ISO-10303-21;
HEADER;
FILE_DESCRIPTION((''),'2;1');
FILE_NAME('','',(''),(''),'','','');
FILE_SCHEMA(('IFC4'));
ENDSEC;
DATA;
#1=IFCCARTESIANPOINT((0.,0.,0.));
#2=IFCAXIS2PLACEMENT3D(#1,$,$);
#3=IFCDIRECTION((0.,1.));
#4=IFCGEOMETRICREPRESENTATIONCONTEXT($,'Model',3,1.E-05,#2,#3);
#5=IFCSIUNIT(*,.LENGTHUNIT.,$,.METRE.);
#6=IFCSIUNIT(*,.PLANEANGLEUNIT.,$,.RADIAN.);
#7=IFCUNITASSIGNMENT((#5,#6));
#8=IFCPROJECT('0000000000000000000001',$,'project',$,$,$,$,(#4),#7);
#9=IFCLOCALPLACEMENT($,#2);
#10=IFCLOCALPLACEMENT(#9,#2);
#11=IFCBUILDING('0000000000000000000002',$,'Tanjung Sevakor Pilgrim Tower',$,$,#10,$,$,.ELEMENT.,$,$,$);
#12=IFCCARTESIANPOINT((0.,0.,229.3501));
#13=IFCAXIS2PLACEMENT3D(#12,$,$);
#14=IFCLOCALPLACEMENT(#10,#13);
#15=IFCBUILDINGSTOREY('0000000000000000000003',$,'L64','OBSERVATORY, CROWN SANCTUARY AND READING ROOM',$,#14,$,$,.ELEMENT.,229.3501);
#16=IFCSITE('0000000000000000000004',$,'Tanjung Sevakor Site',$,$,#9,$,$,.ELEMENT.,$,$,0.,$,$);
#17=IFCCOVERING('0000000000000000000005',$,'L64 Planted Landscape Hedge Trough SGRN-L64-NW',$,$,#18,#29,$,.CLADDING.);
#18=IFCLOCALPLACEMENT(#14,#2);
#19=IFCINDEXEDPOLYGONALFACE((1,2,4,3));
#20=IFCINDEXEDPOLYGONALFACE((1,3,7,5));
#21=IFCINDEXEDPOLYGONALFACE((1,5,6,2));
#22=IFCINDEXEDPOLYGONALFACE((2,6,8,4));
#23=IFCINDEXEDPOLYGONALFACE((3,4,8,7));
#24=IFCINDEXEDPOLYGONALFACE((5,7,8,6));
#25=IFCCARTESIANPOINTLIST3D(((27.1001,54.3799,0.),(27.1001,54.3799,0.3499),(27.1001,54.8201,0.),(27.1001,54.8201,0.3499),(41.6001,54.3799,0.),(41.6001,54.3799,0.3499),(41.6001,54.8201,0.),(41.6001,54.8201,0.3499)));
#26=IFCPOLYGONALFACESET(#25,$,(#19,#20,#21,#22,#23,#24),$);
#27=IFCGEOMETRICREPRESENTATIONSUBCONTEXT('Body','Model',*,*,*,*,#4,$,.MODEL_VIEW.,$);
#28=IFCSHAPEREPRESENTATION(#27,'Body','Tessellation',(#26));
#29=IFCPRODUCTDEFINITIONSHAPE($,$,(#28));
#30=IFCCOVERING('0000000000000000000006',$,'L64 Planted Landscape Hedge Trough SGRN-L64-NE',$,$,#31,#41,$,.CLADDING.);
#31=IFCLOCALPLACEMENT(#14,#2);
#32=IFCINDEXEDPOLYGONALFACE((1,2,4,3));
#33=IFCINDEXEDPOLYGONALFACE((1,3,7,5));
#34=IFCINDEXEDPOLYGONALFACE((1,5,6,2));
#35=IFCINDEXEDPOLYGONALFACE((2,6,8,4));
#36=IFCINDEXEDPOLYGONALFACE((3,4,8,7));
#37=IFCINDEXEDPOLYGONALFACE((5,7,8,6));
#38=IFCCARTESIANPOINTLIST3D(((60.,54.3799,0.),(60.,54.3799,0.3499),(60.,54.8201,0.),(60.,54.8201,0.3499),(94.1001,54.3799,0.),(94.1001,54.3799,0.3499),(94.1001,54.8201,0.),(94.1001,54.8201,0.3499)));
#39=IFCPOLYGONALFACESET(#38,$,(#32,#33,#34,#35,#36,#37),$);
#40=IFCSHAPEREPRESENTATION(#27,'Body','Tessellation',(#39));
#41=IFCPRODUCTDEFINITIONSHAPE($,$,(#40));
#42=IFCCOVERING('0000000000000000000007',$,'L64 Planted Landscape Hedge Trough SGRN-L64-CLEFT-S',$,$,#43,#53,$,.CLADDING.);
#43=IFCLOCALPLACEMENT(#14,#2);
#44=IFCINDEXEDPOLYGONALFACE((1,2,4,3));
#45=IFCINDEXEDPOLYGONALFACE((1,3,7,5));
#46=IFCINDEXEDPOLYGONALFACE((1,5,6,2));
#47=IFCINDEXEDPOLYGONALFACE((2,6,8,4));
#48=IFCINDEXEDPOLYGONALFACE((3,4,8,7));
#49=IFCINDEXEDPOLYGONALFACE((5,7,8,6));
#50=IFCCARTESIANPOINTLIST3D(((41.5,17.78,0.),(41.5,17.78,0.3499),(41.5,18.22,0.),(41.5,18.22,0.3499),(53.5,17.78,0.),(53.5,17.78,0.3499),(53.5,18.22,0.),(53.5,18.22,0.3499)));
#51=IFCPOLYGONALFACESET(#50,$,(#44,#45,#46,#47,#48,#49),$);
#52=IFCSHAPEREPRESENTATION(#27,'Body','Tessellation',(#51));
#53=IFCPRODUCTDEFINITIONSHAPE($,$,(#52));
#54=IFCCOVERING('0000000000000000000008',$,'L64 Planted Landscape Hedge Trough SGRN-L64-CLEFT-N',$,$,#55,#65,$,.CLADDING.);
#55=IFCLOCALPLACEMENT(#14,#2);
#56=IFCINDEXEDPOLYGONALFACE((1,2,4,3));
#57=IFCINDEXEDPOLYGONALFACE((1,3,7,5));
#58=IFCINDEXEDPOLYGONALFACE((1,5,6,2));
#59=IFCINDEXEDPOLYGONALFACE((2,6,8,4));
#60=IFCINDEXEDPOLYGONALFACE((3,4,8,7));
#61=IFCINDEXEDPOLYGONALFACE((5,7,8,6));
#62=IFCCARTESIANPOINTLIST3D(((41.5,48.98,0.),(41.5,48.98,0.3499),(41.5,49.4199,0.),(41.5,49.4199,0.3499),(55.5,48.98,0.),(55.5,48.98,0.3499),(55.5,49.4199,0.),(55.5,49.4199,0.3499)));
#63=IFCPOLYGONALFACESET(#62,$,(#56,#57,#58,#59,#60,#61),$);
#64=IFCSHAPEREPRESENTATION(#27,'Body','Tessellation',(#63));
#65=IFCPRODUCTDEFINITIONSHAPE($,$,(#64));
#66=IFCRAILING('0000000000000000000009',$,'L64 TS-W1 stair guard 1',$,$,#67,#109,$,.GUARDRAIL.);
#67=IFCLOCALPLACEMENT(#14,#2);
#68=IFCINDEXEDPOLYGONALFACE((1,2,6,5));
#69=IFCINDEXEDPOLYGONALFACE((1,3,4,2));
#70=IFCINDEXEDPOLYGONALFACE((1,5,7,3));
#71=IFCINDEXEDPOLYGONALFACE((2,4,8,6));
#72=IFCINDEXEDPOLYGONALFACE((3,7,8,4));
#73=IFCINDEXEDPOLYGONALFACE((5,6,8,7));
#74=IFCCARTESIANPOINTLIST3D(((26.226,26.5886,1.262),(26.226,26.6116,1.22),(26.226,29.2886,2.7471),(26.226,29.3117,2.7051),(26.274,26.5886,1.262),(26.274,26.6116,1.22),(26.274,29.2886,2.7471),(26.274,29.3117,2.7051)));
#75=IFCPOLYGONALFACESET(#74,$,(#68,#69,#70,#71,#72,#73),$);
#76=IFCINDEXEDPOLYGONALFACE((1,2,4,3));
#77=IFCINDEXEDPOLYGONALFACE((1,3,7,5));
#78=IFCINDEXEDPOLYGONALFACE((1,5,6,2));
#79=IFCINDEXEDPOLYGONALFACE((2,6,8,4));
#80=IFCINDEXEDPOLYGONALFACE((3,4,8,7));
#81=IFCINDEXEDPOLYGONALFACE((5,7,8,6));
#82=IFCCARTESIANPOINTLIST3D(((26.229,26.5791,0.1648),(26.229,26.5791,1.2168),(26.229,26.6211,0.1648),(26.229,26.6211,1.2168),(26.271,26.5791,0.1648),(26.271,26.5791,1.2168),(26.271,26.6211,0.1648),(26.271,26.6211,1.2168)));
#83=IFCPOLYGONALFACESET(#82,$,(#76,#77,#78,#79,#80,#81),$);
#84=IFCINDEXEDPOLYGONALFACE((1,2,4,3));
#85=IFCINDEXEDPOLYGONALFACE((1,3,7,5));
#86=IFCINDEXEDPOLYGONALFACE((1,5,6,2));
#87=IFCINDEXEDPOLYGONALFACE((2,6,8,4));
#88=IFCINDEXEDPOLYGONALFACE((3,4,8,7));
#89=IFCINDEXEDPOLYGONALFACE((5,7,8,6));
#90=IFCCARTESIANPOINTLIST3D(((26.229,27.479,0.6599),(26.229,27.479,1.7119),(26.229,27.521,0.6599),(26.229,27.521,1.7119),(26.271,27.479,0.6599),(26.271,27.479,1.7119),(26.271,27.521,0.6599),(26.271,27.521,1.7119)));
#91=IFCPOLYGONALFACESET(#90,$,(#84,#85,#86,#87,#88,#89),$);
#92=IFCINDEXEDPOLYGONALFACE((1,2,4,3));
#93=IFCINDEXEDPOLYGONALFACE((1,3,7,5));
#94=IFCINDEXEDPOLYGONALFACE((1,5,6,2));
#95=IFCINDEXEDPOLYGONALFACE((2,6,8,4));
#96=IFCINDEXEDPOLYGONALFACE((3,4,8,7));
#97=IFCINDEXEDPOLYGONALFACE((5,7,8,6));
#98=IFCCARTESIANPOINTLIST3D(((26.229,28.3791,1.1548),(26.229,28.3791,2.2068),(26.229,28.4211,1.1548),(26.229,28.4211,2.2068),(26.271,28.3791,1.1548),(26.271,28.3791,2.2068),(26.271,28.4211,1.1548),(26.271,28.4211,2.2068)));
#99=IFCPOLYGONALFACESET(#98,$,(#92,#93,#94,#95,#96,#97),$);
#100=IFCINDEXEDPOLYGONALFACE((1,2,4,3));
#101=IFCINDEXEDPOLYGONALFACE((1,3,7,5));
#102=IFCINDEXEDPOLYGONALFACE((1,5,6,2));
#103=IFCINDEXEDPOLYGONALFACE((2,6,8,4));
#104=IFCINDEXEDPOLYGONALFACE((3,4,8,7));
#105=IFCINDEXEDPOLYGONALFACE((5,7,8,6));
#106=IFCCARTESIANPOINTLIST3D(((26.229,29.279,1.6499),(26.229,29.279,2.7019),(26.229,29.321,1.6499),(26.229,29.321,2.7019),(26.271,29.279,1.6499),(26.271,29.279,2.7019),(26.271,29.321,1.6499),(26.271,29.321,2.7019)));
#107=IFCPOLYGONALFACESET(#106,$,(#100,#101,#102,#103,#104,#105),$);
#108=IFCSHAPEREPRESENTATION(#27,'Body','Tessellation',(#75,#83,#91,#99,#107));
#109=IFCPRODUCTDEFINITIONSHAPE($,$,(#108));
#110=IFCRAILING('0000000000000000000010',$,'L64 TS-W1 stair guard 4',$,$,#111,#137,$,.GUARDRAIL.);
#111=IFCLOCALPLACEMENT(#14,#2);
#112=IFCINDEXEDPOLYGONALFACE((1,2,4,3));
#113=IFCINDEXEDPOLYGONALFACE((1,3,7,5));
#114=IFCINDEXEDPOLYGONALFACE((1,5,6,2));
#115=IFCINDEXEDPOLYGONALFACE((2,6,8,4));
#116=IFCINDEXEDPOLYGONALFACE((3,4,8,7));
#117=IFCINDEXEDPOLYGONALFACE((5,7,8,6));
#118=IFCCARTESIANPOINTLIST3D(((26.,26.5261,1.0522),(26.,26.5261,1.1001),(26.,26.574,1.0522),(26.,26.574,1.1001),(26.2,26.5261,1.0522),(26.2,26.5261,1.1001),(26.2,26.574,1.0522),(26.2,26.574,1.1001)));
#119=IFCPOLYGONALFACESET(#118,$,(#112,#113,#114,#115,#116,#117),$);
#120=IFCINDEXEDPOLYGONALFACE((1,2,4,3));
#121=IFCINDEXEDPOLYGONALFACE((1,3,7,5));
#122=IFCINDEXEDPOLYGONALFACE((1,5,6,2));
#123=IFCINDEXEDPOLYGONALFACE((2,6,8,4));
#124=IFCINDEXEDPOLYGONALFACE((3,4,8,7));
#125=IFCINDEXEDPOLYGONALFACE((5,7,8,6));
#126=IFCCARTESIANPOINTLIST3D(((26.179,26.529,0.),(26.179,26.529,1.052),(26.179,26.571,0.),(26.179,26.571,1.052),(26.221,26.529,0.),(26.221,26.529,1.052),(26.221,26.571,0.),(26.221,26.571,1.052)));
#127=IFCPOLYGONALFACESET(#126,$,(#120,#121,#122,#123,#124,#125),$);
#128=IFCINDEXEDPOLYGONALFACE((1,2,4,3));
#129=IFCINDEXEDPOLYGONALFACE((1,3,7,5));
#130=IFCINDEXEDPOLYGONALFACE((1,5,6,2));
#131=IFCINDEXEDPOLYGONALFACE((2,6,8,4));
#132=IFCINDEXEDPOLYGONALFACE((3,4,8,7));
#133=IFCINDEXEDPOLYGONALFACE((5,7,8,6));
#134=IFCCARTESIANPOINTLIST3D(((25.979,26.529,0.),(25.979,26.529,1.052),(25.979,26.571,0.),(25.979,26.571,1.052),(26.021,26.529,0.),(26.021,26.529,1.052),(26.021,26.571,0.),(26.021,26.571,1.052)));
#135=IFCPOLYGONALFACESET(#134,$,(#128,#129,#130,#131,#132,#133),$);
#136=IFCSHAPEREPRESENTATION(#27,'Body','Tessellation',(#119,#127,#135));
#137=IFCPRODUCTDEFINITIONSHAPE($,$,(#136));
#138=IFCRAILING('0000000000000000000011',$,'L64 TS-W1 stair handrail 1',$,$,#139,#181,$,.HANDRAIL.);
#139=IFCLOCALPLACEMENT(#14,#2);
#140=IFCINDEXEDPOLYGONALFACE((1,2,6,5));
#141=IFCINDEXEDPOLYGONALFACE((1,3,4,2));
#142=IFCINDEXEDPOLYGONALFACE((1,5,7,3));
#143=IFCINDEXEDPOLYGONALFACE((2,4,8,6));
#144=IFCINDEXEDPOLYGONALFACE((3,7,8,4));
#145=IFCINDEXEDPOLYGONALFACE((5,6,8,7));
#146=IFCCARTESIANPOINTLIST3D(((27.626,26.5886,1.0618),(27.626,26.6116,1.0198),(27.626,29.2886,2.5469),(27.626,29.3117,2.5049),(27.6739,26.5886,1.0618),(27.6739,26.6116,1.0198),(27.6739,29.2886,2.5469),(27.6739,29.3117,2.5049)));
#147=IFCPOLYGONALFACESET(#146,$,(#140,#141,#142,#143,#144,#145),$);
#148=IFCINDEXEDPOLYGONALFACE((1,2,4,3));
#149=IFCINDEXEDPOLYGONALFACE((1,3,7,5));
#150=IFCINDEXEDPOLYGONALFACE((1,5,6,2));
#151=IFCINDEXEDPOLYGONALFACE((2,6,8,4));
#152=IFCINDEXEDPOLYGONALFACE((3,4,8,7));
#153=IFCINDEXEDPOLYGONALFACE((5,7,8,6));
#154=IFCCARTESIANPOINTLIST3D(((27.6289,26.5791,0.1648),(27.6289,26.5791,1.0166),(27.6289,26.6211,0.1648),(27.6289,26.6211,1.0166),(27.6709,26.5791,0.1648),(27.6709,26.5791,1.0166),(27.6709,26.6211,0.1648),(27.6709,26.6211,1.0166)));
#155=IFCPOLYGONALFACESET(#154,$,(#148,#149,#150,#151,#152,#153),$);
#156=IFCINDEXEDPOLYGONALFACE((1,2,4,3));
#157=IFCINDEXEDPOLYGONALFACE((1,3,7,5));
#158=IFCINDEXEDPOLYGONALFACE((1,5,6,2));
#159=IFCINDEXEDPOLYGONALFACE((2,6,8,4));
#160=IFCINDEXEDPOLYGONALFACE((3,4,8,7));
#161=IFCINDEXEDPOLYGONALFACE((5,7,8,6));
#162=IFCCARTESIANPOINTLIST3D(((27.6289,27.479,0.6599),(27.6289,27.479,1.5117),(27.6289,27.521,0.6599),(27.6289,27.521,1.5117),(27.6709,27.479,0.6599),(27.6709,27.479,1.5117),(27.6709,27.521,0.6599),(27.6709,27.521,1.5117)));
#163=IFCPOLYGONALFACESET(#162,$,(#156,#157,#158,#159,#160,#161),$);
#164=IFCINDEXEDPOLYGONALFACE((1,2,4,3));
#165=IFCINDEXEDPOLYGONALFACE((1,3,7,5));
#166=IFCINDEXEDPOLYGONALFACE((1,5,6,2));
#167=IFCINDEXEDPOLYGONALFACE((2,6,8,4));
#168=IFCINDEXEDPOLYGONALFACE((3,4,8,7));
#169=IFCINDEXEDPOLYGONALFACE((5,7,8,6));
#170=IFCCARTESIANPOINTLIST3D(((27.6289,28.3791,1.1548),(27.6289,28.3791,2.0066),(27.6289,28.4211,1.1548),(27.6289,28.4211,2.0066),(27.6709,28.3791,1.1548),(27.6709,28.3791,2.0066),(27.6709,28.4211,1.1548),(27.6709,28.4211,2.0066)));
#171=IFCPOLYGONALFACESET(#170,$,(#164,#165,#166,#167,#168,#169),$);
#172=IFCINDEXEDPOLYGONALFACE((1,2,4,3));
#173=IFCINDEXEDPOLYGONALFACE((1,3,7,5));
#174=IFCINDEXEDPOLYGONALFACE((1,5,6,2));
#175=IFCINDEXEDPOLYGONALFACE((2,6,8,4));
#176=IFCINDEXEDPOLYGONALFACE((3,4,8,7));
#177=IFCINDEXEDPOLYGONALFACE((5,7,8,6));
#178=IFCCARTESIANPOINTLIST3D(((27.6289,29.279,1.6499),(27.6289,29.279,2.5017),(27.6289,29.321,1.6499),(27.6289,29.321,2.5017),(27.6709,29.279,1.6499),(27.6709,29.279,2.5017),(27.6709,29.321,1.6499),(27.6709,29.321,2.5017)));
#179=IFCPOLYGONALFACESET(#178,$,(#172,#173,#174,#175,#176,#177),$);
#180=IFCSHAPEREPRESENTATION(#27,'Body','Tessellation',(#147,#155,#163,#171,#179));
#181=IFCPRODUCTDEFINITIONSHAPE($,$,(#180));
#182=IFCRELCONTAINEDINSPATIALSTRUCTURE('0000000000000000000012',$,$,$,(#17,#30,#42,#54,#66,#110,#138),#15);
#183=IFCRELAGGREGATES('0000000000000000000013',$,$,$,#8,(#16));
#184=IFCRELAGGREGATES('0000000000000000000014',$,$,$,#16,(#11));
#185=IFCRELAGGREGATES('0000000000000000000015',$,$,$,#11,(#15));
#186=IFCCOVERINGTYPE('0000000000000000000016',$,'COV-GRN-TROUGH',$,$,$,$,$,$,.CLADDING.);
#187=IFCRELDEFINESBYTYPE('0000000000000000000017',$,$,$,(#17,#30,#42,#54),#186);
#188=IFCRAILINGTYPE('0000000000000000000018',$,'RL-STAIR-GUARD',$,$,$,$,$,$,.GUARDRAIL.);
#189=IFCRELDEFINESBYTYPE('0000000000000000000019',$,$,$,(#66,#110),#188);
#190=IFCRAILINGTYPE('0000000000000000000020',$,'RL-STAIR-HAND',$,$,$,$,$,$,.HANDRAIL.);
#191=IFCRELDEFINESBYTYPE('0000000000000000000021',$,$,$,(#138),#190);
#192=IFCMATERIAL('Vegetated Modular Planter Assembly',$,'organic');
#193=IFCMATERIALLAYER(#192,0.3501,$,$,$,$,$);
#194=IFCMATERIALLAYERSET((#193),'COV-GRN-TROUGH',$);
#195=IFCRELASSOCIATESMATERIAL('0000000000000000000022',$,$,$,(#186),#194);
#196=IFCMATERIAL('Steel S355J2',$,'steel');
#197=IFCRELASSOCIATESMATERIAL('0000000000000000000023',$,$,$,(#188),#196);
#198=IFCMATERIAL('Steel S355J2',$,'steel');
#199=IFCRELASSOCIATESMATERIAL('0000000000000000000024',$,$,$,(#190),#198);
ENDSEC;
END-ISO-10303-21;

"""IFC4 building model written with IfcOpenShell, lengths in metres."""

from ifc_helpers import new_model, si_unit, direction, frame, origin, place, context, subcontext, project, spatial, polyline, rectangle, outline, extrude, material, layer, layer_set, type_object, element, save


model = new_model("IFC4")

# Units and contexts
model_context = context("Model", 3, precision=1e-05, world=origin(), true_north=direction((0.0, 1.0)))
body_context = subcontext(model_context, "Body", "Model", "MODEL_VIEW")
ifc_project = project(units=[si_unit("LENGTHUNIT", "METRE"), si_unit("PLANEANGLEUNIT", "RADIAN")], contexts=[model_context])

# Site, building, storey
site_placement = place(None, origin())
site = spatial("IfcSite", under=ifc_project, at=site_placement, Name="Tanjung Sevakor Site", CompositionType="ELEMENT", RefElevation=0.0)
building_placement = place(site_placement, origin())
building = spatial("IfcBuilding", under=site, at=building_placement, Name="Tanjung Sevakor Pilgrim Tower", CompositionType="ELEMENT")
storey_placement = place(building_placement, frame((0.0, 0.0, 229.3501)))
storey = spatial("IfcBuildingStorey", under=building, at=storey_placement, Name="L64", Description="OBSERVATORY, CROWN SANCTUARY AND READING ROOM", CompositionType="ELEMENT", Elevation=229.3501)

# Coverings
ifc_material_1 = material(Name="Vegetated Modular Planter Assembly", Category="organic")
ifc_layer_1 = layer(ifc_material_1, 0.3501)
ifc_layer_set_1 = layer_set([ifc_layer_1], Name="COV-GRN-TROUGH")
covering_type_1 = type_object("IfcCoveringType", Name="COV-GRN-TROUGH", PredefinedType="CLADDING", material=ifc_layer_set_1)
covering_1_placement = place(storey_placement, origin())
element("IfcCovering", 1, at=covering_1_placement, inside=storey, type_object=covering_type_1, Name="L64 Planted Landscape Hedge Trough SGRN-L64-NW", PredefinedType="CLADDING", context=body_context, shape_type="SweptSolid", body=[
    extrude(outline(polyline([(27.1001, 54.3799), (41.6001, 54.3799), (41.6001, 54.8201), (27.1001, 54.8201), (27.1001, 54.3799)])), origin(), (0.0, 0.0, 1.0), 0.3499),
])
covering_2_placement = place(storey_placement, origin())
element("IfcCovering", 2, at=covering_2_placement, inside=storey, type_object=covering_type_1, Name="L64 Planted Landscape Hedge Trough SGRN-L64-NE", PredefinedType="CLADDING", context=body_context, shape_type="SweptSolid", body=[
    extrude(outline(polyline([(60.0, 54.3799), (94.1001, 54.3799), (94.1001, 54.8201), (60.0, 54.8201), (60.0, 54.3799)])), origin(), (0.0, 0.0, 1.0), 0.3499),
])
covering_3_placement = place(storey_placement, origin())
element("IfcCovering", 3, at=covering_3_placement, inside=storey, type_object=covering_type_1, Name="L64 Planted Landscape Hedge Trough SGRN-L64-CLEFT-S", PredefinedType="CLADDING", context=body_context, shape_type="SweptSolid", body=[
    extrude(outline(polyline([(41.5, 17.78), (53.5, 17.78), (53.5, 18.22), (41.5, 18.22), (41.5, 17.78)])), origin(), (0.0, 0.0, 1.0), 0.3499),
])
covering_4_placement = place(storey_placement, origin())
element("IfcCovering", 4, at=covering_4_placement, inside=storey, type_object=covering_type_1, Name="L64 Planted Landscape Hedge Trough SGRN-L64-CLEFT-N", PredefinedType="CLADDING", context=body_context, shape_type="SweptSolid", body=[
    extrude(outline(polyline([(41.5, 48.98), (55.5, 48.98), (55.5, 49.4199), (41.5, 49.4199), (41.5, 48.98)])), origin(), (0.0, 0.0, 1.0), 0.3499),
])

# Railings
ifc_material_2 = material(Name="Steel S355J2", Category="steel")
railing_type_1 = type_object("IfcRailingType", Name="RL-STAIR-GUARD", PredefinedType="GUARDRAIL", material=ifc_material_2)
railing_1_placement = place(storey_placement, frame((26.25, 26.6001, 0.1648)))
element("IfcRailing", 5, at=railing_1_placement, inside=storey, type_object=railing_type_1, Name="L64 TS-W1 stair guard 1", PredefinedType="GUARDRAIL", context=body_context, shape_type="SweptSolid", body=[
    extrude(rectangle(XDim=0.0479, YDim=0.0479), frame((0.0, 0.0, 1.0762), z_axis=(0.0, 0.876198, 0.481952), x_axis=(-1.0, 0.0, 0.0)), (0.0, 0.0, 1.0), 3.0815),
    extrude(rectangle(XDim=0.042, YDim=0.042), origin(), (0.0, 0.0, 1.0), 1.052),
    extrude(rectangle(XDim=0.042, YDim=0.042), frame((0.0, 0.8999, 0.4951)), (0.0, 0.0, 1.0), 1.052),
    extrude(rectangle(XDim=0.042, YDim=0.042), frame((0.0, 1.8, 0.99)), (0.0, 0.0, 1.0), 1.052),
    extrude(rectangle(XDim=0.042, YDim=0.042), frame((0.0, 2.7, 1.4851)), (0.0, 0.0, 1.0), 1.052),
])
railing_2_placement = place(storey_placement, frame((26.2, 26.55, 0.0)))
element("IfcRailing", 6, at=railing_2_placement, inside=storey, type_object=railing_type_1, Name="L64 TS-W1 stair guard 4", PredefinedType="GUARDRAIL", context=body_context, shape_type="SweptSolid", body=[
    extrude(rectangle(XDim=0.0479, YDim=0.0479), frame((0.0, 0.0, 1.0762), z_axis=(-1.0, 0.0, 0.0), x_axis=(0.0, -1.0, 0.0)), (0.0, 0.0, 1.0), 0.2),
    extrude(rectangle(XDim=0.042, YDim=0.042), origin(), (0.0, 0.0, 1.0), 1.052),
    extrude(rectangle(XDim=0.042, YDim=0.042), frame((-0.2, 0.0, 0.0)), (0.0, 0.0, 1.0), 1.052),
])
ifc_material_3 = material(Name="Steel S355J2", Category="steel")
railing_type_2 = type_object("IfcRailingType", Name="RL-STAIR-HAND", PredefinedType="HANDRAIL", material=ifc_material_3)
railing_3_placement = place(storey_placement, frame((27.6499, 26.6001, 0.1648)))
element("IfcRailing", 7, at=railing_3_placement, inside=storey, type_object=railing_type_2, Name="L64 TS-W1 stair handrail 1", PredefinedType="HANDRAIL", context=body_context, shape_type="SweptSolid", body=[
    extrude(rectangle(XDim=0.0479, YDim=0.0479), frame((0.0, 0.0, 0.876), z_axis=(0.0, 0.876198, 0.481952), x_axis=(-1.0, 0.0, 0.0)), (0.0, 0.0, 1.0), 3.0815),
    extrude(rectangle(XDim=0.042, YDim=0.042), origin(), (0.0, 0.0, 1.0), 0.8518),
    extrude(rectangle(XDim=0.042, YDim=0.042), frame((0.0, 0.8999, 0.4951)), (0.0, 0.0, 1.0), 0.8518),
    extrude(rectangle(XDim=0.042, YDim=0.042), frame((0.0, 1.8, 0.99)), (0.0, 0.0, 1.0), 0.8518),
    extrude(rectangle(XDim=0.042, YDim=0.042), frame((0.0, 2.7, 1.4851)), (0.0, 0.0, 1.0), 0.8518),
])

save(model, "model.ifc")
